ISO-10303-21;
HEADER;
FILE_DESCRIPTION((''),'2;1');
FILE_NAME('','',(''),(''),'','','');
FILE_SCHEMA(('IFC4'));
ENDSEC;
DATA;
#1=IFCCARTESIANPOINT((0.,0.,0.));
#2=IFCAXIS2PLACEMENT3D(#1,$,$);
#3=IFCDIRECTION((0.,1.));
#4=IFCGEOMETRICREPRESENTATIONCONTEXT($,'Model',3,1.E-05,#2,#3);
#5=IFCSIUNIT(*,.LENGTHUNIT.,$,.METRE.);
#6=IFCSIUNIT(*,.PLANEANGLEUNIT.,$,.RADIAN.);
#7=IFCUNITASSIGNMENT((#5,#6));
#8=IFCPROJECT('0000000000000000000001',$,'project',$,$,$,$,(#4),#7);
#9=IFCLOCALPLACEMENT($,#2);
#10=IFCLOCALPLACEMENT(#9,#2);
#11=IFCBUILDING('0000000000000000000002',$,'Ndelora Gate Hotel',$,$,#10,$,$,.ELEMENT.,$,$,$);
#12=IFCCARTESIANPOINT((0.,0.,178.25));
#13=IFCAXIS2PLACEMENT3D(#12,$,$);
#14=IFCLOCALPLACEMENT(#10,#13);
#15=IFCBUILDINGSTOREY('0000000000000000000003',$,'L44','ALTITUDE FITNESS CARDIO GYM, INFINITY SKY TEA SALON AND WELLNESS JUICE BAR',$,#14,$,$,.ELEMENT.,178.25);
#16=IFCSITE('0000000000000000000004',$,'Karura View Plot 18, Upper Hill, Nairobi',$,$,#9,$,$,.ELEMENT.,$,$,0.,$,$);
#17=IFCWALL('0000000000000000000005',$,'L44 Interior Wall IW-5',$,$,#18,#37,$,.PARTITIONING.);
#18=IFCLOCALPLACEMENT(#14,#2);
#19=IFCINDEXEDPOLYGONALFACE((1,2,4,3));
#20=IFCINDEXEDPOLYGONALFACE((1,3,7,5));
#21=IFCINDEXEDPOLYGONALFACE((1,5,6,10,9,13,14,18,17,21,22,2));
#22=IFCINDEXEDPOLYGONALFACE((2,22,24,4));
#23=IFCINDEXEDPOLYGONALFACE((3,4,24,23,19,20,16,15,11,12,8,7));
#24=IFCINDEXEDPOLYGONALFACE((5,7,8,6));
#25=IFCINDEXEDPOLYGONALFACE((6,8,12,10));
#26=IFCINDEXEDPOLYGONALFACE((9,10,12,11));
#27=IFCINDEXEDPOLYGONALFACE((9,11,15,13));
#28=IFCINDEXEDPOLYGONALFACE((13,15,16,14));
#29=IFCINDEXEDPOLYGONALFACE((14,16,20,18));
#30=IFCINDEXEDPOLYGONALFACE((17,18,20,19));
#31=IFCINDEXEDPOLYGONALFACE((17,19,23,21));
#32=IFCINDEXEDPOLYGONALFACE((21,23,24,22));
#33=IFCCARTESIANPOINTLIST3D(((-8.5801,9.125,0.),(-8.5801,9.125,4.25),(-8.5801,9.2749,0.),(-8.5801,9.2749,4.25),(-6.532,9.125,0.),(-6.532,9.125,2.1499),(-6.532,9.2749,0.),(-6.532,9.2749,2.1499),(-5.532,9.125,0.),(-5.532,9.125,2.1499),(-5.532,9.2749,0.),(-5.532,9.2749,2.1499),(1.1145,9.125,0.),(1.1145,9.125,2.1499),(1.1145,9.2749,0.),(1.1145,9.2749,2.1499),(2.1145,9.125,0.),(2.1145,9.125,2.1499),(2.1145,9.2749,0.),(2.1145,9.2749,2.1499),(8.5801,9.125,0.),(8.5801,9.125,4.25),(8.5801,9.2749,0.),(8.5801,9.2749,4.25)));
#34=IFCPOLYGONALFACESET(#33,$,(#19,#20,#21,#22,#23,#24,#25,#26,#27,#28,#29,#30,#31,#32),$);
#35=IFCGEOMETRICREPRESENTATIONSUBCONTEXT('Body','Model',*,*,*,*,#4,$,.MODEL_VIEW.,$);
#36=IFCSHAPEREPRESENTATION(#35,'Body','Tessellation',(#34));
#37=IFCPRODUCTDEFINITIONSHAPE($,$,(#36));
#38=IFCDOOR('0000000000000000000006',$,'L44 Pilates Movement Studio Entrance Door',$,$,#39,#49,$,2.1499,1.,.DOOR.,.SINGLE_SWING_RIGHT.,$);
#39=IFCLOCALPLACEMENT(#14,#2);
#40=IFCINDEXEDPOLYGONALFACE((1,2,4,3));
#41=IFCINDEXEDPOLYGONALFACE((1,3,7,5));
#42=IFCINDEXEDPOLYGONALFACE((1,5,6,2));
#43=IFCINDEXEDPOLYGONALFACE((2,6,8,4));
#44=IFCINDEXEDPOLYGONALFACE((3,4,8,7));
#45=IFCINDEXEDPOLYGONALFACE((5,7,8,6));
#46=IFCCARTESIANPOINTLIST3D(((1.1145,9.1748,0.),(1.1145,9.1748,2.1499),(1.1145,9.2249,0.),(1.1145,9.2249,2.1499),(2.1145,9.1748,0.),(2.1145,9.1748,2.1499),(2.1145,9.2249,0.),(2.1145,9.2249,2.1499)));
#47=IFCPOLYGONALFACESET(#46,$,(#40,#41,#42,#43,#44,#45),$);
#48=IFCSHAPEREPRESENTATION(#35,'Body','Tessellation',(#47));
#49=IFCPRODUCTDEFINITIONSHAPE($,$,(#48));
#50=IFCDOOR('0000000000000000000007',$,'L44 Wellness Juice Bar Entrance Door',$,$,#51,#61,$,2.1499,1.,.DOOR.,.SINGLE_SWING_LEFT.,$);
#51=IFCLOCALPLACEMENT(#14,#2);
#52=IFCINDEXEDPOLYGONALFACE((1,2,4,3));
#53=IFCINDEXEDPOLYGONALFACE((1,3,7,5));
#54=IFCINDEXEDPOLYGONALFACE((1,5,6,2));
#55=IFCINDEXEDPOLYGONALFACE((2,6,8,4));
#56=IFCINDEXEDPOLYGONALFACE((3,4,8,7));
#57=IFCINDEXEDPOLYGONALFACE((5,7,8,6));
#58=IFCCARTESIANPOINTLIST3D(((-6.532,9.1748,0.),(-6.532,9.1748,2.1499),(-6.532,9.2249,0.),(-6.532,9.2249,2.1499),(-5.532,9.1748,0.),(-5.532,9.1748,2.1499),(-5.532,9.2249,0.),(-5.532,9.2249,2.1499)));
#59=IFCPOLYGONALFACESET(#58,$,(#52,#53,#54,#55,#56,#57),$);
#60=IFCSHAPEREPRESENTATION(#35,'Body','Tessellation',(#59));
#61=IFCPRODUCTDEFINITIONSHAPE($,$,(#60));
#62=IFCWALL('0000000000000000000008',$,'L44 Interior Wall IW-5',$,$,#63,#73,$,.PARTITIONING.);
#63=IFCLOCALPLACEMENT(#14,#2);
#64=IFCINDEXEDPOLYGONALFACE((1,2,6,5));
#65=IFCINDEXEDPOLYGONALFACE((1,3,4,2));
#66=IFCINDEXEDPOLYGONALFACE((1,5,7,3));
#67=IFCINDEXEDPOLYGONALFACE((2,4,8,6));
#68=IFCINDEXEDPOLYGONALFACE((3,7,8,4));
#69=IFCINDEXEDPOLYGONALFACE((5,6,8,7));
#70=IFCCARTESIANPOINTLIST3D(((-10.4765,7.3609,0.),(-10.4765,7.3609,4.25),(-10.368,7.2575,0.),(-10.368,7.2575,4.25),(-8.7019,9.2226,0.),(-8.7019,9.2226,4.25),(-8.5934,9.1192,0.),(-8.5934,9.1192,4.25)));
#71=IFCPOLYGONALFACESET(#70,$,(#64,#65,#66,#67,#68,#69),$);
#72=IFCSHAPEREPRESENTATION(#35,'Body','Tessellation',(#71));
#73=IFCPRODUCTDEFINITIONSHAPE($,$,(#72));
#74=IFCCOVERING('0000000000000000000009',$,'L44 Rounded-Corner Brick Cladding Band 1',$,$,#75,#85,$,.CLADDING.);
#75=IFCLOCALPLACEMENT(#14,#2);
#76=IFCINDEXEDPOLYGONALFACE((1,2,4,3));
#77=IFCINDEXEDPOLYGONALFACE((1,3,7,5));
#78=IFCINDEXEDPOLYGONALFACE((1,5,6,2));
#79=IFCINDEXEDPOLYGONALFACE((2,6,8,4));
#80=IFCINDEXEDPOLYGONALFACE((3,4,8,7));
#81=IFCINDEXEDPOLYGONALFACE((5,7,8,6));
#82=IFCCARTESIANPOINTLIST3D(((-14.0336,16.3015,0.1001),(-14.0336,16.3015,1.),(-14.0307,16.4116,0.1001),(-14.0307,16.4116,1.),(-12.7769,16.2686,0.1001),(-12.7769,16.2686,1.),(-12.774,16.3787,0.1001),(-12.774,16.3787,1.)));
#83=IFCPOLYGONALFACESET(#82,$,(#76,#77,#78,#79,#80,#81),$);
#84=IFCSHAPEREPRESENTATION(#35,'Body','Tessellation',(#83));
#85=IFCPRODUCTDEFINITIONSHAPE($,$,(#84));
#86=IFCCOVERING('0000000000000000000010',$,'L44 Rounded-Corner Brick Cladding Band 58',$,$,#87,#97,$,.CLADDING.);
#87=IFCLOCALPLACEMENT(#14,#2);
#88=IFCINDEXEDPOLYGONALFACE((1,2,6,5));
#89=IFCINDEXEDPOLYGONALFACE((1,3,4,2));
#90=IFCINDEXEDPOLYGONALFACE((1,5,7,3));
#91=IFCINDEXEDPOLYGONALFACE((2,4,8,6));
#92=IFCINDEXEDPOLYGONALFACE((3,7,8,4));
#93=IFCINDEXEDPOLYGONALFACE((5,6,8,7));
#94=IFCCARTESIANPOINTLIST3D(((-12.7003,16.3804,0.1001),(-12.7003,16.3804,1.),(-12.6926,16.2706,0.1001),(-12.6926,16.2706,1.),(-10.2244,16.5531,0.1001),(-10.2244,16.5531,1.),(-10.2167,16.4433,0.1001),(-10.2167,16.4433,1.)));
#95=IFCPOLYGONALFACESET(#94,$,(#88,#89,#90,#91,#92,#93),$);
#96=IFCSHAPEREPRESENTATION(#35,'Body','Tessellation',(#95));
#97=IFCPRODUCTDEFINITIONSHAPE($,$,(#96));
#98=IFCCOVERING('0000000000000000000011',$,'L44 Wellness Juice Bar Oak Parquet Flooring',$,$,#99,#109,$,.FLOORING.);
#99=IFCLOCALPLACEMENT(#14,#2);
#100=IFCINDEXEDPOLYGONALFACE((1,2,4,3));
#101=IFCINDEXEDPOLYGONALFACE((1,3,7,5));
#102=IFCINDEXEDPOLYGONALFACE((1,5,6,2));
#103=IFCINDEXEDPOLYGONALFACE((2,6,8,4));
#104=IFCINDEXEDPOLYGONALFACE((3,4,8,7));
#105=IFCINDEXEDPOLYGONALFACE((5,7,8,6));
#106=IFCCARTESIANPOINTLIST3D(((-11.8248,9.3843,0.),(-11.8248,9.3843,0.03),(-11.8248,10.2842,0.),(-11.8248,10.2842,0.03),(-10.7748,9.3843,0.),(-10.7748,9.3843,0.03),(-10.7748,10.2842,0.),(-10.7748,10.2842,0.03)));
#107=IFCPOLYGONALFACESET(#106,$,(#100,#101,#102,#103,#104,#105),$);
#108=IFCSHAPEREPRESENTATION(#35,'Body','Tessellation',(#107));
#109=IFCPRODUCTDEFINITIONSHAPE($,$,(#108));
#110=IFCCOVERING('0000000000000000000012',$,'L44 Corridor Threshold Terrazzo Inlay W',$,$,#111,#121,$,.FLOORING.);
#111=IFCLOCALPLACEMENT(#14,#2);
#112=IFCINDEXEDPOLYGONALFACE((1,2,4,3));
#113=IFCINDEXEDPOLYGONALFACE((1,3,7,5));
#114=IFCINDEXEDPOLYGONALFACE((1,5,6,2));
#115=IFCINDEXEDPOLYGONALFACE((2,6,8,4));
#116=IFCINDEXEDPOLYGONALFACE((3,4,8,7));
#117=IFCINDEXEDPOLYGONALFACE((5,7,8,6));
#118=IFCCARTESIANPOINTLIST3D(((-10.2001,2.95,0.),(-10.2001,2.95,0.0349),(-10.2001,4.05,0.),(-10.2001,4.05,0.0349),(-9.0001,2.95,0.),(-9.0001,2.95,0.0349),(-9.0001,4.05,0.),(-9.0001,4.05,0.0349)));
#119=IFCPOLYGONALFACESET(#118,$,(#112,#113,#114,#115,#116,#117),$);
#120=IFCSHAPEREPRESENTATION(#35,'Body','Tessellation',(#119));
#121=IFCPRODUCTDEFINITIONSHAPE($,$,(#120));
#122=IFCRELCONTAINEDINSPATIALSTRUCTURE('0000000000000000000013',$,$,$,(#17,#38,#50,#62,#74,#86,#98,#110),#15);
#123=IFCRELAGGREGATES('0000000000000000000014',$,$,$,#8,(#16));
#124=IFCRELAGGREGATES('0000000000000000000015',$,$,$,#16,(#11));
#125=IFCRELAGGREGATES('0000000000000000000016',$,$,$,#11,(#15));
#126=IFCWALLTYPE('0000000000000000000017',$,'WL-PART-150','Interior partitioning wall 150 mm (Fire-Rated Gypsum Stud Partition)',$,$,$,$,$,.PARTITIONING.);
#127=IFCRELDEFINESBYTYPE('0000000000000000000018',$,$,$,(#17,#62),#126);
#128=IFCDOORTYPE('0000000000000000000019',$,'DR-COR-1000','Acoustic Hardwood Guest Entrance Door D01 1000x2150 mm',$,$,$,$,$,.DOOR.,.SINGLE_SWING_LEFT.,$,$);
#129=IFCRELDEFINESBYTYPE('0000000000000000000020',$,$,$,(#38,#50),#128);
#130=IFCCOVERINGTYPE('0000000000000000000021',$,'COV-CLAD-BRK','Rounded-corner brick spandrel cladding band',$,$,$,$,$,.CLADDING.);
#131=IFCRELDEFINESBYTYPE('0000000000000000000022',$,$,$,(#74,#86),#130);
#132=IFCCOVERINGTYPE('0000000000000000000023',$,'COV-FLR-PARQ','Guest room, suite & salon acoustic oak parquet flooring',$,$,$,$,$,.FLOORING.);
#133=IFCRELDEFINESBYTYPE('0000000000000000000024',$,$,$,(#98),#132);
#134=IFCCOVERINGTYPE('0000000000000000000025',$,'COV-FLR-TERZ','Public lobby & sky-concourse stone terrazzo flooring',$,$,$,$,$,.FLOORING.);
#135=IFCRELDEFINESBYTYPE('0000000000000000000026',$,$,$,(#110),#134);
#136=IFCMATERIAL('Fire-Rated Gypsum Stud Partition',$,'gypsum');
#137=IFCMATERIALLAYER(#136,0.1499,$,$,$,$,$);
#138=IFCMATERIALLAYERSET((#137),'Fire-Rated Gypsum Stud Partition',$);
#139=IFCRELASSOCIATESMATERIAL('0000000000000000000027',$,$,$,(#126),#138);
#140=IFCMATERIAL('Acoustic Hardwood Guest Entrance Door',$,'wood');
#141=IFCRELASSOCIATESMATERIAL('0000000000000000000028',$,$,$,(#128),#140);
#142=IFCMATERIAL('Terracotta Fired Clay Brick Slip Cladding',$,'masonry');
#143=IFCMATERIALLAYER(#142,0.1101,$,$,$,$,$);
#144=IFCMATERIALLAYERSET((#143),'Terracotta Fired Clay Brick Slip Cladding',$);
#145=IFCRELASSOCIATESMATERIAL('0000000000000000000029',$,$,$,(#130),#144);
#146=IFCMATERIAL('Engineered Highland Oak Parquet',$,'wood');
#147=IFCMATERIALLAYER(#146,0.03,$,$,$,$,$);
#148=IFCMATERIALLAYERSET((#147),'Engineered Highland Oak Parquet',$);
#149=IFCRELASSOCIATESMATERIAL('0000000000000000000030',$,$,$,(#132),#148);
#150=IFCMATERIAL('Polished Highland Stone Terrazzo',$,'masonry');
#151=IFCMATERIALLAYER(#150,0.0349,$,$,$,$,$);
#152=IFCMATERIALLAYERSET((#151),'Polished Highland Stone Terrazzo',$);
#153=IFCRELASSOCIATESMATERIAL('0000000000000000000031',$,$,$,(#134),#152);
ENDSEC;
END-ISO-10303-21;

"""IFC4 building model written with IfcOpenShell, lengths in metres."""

from ifc_helpers import new_model, si_unit, direction, frame, frame_2d, origin, origin_2d, place, context, subcontext, project, spatial, rectangle, extrude, material, layer, layer_set, type_object, element, fill, save


model = new_model("IFC4")

# Units and contexts
model_context = context("Model", 3, precision=1e-05, world=origin(), true_north=direction((0.0, 1.0)))
body_context = subcontext(model_context, "Body", "Model", "MODEL_VIEW")
ifc_project = project(units=[si_unit("LENGTHUNIT", "METRE"), si_unit("PLANEANGLEUNIT", "RADIAN")], contexts=[model_context])

# Site, building, storey
site_placement = place(None, origin())
site = spatial("IfcSite", under=ifc_project, at=site_placement, Name="Karura View Plot 18, Upper Hill, Nairobi", CompositionType="ELEMENT", RefElevation=0.0)
building_placement = place(site_placement, origin())
building = spatial("IfcBuilding", under=site, at=building_placement, Name="Ndelora Gate Hotel", CompositionType="ELEMENT")
storey_placement = place(building_placement, frame((0.0, 0.0, 178.25)))
storey = spatial("IfcBuildingStorey", under=building, at=storey_placement, Name="L44", Description="ALTITUDE FITNESS CARDIO GYM, INFINITY SKY TEA SALON AND WELLNESS JUICE BAR", CompositionType="ELEMENT", Elevation=178.25)

# Wall, openings, doors
ifc_material_1 = material(Name="Fire-Rated Gypsum Stud Partition", Category="gypsum")
ifc_layer_1 = layer(ifc_material_1, 0.1499)
ifc_layer_set_1 = layer_set([ifc_layer_1], Name="Fire-Rated Gypsum Stud Partition")
wall_type_1 = type_object("IfcWallType", Name="WL-PART-150", Description="Interior partitioning wall 150 mm (Fire-Rated Gypsum Stud Partition)", PredefinedType="PARTITIONING", material=ifc_layer_set_1)
wall_1_placement = place(storey_placement, frame((-8.5801, 9.2, 0.0), z_axis=(0.0, 0.0, 1.0), x_axis=(1.0, 0.0, 0.0)))
wall_1 = element("IfcWall", 1, at=wall_1_placement, inside=storey, type_object=wall_type_1, Name="L44 Interior Wall IW-5", PredefinedType="PARTITIONING", context=body_context, shape_type="SweptSolid", body=[
    extrude(rectangle(XDim=17.1602, YDim=0.1499, at=frame_2d((8.5801, 0.0))), origin(), (0.0, 0.0, 1.0), 4.25),
])
opening_1_placement = place(wall_1_placement, frame((9.6946, 0.0, 0.0)))
opening_1 = element("IfcOpeningElement", 2, at=opening_1_placement, cuts=wall_1, PredefinedType="OPENING", context=body_context, shape_type="SweptSolid", body=[
    extrude(rectangle(XDim=1.0, YDim=2.1499, at=frame_2d((0.5, 1.075))), frame((0.0, 0.085, 0.0), z_axis=(0.0, -1.0, 0.0), x_axis=(1.0, 0.0, 0.0)), (0.0, 0.0, 1.0), 0.1699),
])
opening_2_placement = place(wall_1_placement, frame((2.0481, 0.0, 0.0)))
opening_2 = element("IfcOpeningElement", 3, at=opening_2_placement, cuts=wall_1, PredefinedType="OPENING", context=body_context, shape_type="SweptSolid", body=[
    extrude(rectangle(XDim=1.0, YDim=2.1499, at=frame_2d((0.5, 1.075))), frame((0.0, 0.085, 0.0), z_axis=(0.0, -1.0, 0.0), x_axis=(1.0, 0.0, 0.0)), (0.0, 0.0, 1.0), 0.1699),
])
ifc_material_2 = material(Name="Acoustic Hardwood Guest Entrance Door", Category="wood")
door_type = type_object("IfcDoorType", Name="DR-COR-1000", Description="Acoustic Hardwood Guest Entrance Door D01 1000x2150 mm", OperationType="SINGLE_SWING_LEFT", PredefinedType="DOOR", material=ifc_material_2)
door_1_placement = place(opening_1_placement, origin())
door_1 = element("IfcDoor", 4, at=door_1_placement, inside=storey, type_object=door_type, Name="L44 Pilates Movement Studio Entrance Door", OperationType="SINGLE_SWING_RIGHT", OverallHeight=2.1499, OverallWidth=1.0, PredefinedType="DOOR", context=body_context, shape_type="SweptSolid", body=[
    extrude(rectangle(XDim=1.0, YDim=2.1499, at=frame_2d((0.5, 1.075))), frame((0.0, 0.0249, 0.0), z_axis=(0.0, -1.0, 0.0), x_axis=(1.0, 0.0, 0.0)), (0.0, 0.0, 1.0), 0.05),
])
fill(opening_1, door_1)
door_2_placement = place(opening_2_placement, origin())
door_2 = element("IfcDoor", 5, at=door_2_placement, inside=storey, type_object=door_type, Name="L44 Wellness Juice Bar Entrance Door", OperationType="SINGLE_SWING_LEFT", OverallHeight=2.1499, OverallWidth=1.0, PredefinedType="DOOR", context=body_context, shape_type="SweptSolid", body=[
    extrude(rectangle(XDim=1.0, YDim=2.1499, at=frame_2d((0.5, 1.075))), frame((0.0, 0.0249, 0.0), z_axis=(0.0, -1.0, 0.0), x_axis=(1.0, 0.0, 0.0)), (0.0, 0.0, 1.0), 0.05),
])
fill(opening_2, door_2)

# Wall
wall_2_placement = place(storey_placement, frame((-10.4224, 7.3091, 0.0), z_axis=(0.0, 0.0, 1.0), x_axis=(0.689961, 0.723847, 0.0)))
element("IfcWall", 6, at=wall_2_placement, inside=storey, type_object=wall_type_1, Name="L44 Interior Wall IW-5", PredefinedType="PARTITIONING", context=body_context, shape_type="SweptSolid", body=[
    extrude(rectangle(XDim=2.572, YDim=0.1499, at=frame_2d((1.2861, 0.0))), origin(), (0.0, 0.0, 1.0), 4.25),
])

# Coverings
ifc_material_3 = material(Name="Terracotta Fired Clay Brick Slip Cladding", Category="masonry")
ifc_layer_2 = layer(ifc_material_3, 0.1101)
ifc_layer_set_2 = layer_set([ifc_layer_2], Name="Terracotta Fired Clay Brick Slip Cladding")
covering_type_1 = type_object("IfcCoveringType", Name="COV-CLAD-BRK", Description="Rounded-corner brick spandrel cladding band", PredefinedType="CLADDING", material=ifc_layer_set_2)
covering_1_placement = place(storey_placement, frame((-13.4038, 16.3401, 0.1001), z_axis=(0.0, 0.0, 1.0), x_axis=(-0.999657, 0.026177, 0.0)))
element("IfcCovering", 7, at=covering_1_placement, inside=storey, type_object=covering_type_1, Name="L44 Rounded-Corner Brick Cladding Band 1", PredefinedType="CLADDING", context=body_context, shape_type="SweptSolid", body=[
    extrude(rectangle(XDim=1.2571, YDim=0.1101, at=origin_2d()), origin(), (0.0, 0.0, 1.0), 0.8999),
])
covering_2_placement = place(storey_placement, frame((-11.4585, 16.4119, 0.1001), z_axis=(0.0, 0.0, 1.0), x_axis=(0.997576, 0.069582, 0.0)))
element("IfcCovering", 8, at=covering_2_placement, inside=storey, type_object=covering_type_1, Name="L44 Rounded-Corner Brick Cladding Band 58", PredefinedType="CLADDING", context=body_context, shape_type="SweptSolid", body=[
    extrude(rectangle(XDim=2.4819, YDim=0.1101, at=origin_2d()), origin(), (0.0, 0.0, 1.0), 0.8999),
])
ifc_material_4 = material(Name="Engineered Highland Oak Parquet", Category="wood")
ifc_layer_3 = layer(ifc_material_4, 0.03)
ifc_layer_set_3 = layer_set([ifc_layer_3], Name="Engineered Highland Oak Parquet")
covering_type_2 = type_object("IfcCoveringType", Name="COV-FLR-PARQ", Description="Guest room, suite & salon acoustic oak parquet flooring", PredefinedType="FLOORING", material=ifc_layer_set_3)
covering_3_placement = place(storey_placement, frame((-11.2998, 9.8342, 0.0), z_axis=(0.0, 0.0, 1.0), x_axis=(1.0, 0.0, 0.0)))
element("IfcCovering", 9, at=covering_3_placement, inside=storey, type_object=covering_type_2, Name="L44 Wellness Juice Bar Oak Parquet Flooring", PredefinedType="FLOORING", context=body_context, shape_type="SweptSolid", body=[
    extrude(rectangle(XDim=1.05, YDim=0.8999, at=origin_2d()), origin(), (0.0, 0.0, 1.0), 0.03),
])
ifc_material_5 = material(Name="Polished Highland Stone Terrazzo", Category="masonry")
ifc_layer_4 = layer(ifc_material_5, 0.0349)
ifc_layer_set_4 = layer_set([ifc_layer_4], Name="Polished Highland Stone Terrazzo")
covering_type_3 = type_object("IfcCoveringType", Name="COV-FLR-TERZ", Description="Public lobby & sky-concourse stone terrazzo flooring", PredefinedType="FLOORING", material=ifc_layer_set_4)
covering_4_placement = place(storey_placement, frame((-9.6001, 3.5, 0.0), z_axis=(0.0, 0.0, 1.0), x_axis=(1.0, 0.0, 0.0)))
element("IfcCovering", 10, at=covering_4_placement, inside=storey, type_object=covering_type_3, Name="L44 Corridor Threshold Terrazzo Inlay W", PredefinedType="FLOORING", context=body_context, shape_type="SweptSolid", body=[
    extrude(rectangle(XDim=1.2, YDim=1.1001, at=origin_2d()), origin(), (0.0, 0.0, 1.0), 0.0349),
])

save(model, "model.ifc")
